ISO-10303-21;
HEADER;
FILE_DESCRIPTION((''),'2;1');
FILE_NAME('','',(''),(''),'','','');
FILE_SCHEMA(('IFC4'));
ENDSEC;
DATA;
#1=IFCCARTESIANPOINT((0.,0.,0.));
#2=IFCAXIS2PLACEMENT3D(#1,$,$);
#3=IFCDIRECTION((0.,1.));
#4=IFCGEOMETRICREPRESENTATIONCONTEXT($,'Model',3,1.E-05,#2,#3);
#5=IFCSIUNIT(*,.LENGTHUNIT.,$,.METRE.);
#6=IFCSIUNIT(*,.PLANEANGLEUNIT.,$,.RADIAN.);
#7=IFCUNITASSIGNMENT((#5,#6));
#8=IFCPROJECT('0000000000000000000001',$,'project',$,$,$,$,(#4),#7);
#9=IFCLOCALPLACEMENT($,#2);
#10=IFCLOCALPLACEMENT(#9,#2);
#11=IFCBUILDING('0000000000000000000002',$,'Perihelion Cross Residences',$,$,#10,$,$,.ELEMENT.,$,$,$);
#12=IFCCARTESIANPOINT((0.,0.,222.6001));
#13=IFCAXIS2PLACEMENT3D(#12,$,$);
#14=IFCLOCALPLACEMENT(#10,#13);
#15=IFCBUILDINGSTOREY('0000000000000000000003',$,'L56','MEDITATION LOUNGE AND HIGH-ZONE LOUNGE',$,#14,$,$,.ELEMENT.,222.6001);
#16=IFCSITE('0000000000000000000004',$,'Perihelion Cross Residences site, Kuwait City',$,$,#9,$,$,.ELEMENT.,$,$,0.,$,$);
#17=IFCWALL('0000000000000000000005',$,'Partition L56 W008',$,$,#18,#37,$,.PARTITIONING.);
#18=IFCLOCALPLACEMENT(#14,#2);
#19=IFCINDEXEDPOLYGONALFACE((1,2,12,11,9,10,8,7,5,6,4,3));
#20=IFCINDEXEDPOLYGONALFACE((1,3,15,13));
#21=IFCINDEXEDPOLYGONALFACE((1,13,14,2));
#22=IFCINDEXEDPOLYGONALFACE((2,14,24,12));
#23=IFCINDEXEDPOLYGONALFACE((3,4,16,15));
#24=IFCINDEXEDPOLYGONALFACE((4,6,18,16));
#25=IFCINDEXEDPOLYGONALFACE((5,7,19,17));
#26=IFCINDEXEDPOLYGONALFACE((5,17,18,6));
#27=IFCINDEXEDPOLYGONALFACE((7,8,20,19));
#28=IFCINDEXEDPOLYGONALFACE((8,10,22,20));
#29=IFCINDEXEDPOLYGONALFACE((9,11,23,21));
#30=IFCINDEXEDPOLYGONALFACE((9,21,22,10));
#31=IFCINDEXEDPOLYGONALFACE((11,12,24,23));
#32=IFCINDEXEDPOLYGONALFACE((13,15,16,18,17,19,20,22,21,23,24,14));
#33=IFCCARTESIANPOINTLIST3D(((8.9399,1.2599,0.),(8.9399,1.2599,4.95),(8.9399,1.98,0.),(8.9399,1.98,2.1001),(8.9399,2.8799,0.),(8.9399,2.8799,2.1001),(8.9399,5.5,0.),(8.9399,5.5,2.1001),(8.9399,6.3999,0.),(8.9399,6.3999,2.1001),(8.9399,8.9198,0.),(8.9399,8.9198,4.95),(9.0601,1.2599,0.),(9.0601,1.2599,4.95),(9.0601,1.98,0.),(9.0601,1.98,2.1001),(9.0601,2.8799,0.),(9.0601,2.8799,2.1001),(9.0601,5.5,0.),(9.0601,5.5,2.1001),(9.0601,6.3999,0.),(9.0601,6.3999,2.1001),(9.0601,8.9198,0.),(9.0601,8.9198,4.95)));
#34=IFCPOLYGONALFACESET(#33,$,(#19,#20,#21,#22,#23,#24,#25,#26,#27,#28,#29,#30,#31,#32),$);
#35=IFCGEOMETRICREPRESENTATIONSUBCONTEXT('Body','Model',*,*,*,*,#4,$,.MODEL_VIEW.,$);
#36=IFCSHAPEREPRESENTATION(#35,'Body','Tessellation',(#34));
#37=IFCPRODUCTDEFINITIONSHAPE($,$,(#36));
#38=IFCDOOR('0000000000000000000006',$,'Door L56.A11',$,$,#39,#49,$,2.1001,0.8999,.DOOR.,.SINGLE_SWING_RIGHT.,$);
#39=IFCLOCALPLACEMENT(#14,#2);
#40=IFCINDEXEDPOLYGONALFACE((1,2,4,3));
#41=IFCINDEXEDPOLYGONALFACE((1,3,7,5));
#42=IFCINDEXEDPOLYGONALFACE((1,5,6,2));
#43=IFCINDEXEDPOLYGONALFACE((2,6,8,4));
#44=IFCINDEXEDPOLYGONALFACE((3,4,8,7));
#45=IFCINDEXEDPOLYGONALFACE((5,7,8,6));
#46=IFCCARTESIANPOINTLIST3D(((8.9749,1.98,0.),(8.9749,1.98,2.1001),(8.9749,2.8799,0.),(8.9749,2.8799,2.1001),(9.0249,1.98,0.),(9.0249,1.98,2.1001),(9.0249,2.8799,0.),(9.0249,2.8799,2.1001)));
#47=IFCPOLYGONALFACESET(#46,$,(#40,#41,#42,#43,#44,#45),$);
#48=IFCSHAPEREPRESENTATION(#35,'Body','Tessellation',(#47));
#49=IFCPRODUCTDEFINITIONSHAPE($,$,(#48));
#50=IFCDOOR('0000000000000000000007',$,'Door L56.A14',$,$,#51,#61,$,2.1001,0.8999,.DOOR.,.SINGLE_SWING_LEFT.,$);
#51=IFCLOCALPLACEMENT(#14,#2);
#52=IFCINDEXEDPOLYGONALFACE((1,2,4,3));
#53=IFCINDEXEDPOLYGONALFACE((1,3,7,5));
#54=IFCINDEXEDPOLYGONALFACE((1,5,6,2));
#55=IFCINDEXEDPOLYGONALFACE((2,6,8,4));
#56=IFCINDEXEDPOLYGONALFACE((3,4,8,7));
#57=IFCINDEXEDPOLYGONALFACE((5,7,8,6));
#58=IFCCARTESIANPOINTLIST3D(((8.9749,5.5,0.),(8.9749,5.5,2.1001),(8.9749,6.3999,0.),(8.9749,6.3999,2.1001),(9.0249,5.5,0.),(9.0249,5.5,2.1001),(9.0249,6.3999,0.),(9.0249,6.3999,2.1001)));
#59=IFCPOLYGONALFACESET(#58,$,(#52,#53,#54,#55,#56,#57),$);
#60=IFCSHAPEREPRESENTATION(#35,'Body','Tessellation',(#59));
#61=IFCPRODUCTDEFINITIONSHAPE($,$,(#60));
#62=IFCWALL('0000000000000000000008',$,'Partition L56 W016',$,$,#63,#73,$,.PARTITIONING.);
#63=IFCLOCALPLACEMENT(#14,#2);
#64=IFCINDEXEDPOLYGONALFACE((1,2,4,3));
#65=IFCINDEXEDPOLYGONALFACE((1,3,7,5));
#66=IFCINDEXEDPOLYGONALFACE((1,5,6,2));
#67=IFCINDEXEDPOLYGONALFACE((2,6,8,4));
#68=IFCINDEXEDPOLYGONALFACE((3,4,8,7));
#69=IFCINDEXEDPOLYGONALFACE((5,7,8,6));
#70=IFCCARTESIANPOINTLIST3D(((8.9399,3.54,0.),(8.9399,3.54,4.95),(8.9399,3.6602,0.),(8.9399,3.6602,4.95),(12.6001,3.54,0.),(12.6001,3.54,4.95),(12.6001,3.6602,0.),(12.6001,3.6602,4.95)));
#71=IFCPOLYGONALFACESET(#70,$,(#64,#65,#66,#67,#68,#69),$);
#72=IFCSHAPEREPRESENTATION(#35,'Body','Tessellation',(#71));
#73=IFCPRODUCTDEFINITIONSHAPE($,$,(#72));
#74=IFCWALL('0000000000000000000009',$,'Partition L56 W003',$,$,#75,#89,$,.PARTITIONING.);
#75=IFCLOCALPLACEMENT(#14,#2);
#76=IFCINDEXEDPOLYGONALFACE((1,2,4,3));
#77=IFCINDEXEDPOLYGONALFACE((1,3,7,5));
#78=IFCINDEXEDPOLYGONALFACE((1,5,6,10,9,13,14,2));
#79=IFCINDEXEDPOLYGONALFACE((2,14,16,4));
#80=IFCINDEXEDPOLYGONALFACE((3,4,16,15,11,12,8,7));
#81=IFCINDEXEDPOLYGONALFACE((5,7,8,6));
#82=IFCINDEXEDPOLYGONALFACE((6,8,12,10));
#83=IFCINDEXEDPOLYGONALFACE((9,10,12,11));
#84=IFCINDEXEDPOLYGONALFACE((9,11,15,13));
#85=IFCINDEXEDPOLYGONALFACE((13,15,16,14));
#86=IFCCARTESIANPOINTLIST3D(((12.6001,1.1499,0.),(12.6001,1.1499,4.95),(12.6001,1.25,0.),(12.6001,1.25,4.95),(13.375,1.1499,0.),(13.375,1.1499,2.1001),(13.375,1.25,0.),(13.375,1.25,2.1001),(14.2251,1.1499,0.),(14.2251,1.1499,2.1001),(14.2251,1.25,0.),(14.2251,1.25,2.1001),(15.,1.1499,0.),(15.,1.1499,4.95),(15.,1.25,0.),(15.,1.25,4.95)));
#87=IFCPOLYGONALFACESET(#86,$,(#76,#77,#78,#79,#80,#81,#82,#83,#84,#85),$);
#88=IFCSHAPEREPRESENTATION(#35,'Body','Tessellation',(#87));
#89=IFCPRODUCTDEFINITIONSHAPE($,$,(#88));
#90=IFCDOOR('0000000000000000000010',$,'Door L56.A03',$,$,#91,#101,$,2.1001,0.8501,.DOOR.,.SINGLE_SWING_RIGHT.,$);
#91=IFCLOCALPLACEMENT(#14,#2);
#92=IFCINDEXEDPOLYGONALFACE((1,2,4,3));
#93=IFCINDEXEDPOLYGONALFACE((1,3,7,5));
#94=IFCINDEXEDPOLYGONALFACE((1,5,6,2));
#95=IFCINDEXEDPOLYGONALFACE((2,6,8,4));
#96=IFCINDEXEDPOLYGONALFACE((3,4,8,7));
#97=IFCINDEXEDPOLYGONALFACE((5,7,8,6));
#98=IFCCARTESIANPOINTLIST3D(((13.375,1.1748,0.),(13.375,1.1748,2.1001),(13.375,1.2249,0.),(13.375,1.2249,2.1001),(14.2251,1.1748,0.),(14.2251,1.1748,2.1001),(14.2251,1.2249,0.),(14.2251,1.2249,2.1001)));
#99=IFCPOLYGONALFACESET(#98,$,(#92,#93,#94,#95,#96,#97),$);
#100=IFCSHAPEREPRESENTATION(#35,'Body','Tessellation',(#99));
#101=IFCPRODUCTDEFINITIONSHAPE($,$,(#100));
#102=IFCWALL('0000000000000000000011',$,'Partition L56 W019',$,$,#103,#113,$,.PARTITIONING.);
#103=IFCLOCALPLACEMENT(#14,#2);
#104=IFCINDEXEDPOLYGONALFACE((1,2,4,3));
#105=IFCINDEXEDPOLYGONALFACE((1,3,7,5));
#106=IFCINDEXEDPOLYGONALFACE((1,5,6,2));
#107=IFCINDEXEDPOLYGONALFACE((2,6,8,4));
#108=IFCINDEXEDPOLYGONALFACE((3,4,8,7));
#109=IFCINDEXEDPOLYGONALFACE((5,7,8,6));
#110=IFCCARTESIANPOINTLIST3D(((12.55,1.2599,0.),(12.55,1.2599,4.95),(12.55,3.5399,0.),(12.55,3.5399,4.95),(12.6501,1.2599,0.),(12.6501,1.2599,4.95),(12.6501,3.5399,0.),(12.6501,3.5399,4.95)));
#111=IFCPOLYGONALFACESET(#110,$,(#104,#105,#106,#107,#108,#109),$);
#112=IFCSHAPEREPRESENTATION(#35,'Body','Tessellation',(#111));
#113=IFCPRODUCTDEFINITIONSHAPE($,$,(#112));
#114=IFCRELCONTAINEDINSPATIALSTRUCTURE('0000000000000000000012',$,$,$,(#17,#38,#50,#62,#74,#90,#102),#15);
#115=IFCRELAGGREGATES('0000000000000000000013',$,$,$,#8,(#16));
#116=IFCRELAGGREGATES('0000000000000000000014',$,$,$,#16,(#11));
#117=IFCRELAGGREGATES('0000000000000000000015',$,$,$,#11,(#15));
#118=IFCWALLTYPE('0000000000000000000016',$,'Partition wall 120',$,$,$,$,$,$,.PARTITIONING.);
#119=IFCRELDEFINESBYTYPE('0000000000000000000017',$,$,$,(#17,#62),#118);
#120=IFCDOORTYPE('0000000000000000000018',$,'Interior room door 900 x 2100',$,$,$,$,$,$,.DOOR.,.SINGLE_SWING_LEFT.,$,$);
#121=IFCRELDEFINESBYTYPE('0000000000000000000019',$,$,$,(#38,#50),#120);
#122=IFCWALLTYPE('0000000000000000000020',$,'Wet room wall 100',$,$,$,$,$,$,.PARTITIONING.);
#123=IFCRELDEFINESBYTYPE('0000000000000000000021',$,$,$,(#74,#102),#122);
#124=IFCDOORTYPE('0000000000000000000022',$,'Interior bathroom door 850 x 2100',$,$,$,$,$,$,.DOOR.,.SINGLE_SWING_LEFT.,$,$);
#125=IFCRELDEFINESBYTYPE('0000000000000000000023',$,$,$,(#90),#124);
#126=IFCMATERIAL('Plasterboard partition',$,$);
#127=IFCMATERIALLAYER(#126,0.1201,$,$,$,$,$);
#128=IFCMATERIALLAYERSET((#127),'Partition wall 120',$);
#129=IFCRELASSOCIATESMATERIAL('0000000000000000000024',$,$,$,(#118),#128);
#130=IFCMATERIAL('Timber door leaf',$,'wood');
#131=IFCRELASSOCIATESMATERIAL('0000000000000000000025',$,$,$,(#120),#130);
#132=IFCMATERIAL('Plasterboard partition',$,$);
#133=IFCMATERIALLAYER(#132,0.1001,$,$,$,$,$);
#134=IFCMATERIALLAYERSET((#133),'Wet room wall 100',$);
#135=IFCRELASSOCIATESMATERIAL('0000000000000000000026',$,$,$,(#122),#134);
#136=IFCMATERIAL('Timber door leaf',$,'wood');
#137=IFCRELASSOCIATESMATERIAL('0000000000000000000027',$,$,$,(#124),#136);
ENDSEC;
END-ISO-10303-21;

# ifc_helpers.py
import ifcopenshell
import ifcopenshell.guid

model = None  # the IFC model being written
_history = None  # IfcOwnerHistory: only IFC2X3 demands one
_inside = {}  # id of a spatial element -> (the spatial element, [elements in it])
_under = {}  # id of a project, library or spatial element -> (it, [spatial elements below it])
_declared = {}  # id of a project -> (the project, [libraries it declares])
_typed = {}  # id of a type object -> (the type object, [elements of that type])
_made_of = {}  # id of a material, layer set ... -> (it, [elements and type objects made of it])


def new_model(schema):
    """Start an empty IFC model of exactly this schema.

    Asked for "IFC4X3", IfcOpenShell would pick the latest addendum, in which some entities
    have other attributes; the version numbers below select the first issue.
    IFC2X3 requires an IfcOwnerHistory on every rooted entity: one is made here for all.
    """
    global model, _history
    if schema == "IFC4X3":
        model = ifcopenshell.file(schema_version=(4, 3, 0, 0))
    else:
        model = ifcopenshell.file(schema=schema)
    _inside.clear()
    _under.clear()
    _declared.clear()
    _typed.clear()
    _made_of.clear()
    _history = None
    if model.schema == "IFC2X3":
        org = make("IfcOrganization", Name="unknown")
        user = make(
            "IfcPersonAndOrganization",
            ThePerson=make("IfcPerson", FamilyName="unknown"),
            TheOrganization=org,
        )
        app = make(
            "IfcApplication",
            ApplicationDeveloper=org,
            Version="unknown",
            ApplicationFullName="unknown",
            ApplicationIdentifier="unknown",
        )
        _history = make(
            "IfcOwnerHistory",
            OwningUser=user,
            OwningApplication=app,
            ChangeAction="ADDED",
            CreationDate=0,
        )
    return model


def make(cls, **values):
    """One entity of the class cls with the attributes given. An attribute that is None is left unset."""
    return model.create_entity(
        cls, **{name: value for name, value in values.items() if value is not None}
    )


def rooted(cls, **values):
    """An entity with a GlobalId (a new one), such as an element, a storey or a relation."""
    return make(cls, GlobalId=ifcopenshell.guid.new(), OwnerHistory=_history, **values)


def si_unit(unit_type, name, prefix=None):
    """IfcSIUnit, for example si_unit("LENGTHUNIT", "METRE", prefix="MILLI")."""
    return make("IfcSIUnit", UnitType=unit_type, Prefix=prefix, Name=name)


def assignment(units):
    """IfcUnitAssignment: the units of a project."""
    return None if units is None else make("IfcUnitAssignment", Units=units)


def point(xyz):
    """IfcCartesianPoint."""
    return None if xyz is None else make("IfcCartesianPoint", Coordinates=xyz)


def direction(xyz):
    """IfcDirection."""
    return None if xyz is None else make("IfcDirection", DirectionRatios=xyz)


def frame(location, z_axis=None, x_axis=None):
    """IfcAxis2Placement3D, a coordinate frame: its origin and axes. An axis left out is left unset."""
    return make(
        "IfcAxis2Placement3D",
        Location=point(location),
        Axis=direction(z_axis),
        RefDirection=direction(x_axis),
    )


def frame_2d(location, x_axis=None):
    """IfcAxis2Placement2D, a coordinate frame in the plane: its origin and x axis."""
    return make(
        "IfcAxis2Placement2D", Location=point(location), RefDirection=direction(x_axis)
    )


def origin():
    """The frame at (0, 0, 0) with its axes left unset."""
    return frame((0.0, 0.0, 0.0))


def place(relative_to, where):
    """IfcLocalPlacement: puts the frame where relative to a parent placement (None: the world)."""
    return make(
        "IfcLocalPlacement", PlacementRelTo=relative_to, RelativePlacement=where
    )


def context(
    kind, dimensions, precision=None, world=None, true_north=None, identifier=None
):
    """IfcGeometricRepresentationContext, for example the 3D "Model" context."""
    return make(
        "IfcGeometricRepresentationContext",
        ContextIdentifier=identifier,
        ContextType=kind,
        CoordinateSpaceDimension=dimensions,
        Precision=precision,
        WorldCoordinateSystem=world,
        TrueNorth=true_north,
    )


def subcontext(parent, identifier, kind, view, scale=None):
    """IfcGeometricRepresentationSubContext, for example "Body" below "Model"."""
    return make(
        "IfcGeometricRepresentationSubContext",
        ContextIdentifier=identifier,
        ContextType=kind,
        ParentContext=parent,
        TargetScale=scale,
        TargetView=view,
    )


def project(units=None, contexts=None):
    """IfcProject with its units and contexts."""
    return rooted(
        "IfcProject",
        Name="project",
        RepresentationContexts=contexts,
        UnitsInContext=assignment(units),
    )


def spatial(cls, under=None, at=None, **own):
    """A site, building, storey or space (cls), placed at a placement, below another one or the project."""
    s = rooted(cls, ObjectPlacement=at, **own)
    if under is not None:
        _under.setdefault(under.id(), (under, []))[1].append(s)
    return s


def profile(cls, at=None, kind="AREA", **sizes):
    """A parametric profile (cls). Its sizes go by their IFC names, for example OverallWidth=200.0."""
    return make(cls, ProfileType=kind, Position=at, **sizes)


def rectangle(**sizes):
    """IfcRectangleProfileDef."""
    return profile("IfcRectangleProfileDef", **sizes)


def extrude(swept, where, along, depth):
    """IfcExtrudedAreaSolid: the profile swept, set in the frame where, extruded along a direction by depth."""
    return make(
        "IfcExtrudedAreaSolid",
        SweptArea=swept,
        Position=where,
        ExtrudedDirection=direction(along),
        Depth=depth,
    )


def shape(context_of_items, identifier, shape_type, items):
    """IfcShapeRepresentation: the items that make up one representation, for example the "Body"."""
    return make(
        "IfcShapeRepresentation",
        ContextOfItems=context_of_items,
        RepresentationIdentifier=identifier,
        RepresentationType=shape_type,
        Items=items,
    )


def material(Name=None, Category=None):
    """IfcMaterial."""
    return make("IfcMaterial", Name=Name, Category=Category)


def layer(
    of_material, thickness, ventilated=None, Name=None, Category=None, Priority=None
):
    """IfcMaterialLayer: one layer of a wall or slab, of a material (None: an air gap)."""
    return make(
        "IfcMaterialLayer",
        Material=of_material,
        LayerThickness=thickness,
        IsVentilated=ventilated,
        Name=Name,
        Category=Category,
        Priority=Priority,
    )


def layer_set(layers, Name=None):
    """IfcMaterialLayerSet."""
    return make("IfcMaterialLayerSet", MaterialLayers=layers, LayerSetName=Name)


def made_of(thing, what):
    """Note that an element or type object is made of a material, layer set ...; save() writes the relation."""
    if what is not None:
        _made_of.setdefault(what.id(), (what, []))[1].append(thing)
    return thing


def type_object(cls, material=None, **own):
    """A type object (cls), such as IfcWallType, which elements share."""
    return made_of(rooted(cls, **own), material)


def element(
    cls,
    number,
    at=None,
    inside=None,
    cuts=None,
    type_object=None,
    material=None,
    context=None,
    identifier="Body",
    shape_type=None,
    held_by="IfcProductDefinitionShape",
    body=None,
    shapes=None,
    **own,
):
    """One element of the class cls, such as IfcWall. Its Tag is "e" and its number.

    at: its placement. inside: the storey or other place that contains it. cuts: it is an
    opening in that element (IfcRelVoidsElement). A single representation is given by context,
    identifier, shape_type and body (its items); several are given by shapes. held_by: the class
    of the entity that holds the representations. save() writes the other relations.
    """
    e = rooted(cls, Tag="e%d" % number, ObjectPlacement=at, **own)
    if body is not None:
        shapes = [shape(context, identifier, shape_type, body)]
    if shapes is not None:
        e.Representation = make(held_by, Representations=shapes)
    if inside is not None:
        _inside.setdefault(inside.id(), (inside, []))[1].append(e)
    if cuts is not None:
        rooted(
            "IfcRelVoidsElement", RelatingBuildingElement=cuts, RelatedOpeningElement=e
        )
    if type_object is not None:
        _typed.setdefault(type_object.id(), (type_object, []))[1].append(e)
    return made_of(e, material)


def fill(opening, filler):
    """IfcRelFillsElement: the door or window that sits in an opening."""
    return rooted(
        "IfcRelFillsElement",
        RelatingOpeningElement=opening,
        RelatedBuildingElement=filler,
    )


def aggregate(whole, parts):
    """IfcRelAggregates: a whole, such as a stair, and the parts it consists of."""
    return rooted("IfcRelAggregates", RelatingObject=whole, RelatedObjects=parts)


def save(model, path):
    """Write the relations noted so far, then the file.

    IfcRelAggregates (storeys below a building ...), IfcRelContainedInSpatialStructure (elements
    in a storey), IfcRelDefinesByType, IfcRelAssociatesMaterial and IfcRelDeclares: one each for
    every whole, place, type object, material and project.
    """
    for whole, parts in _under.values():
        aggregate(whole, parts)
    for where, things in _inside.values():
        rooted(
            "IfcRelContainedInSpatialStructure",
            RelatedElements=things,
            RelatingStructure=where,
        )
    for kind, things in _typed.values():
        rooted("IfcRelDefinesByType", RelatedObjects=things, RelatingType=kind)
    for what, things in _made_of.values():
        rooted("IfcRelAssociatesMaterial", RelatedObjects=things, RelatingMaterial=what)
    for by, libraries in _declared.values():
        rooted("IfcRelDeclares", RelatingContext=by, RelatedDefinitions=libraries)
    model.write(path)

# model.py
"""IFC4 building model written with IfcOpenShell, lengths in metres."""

from ifc_helpers import new_model, si_unit, direction, frame, frame_2d, origin, place, context, subcontext, project, spatial, rectangle, extrude, material, layer, layer_set, type_object, element, fill, save


model = new_model("IFC4")

# Units and contexts
model_context = context("Model", 3, precision=1e-05, world=origin(), true_north=direction((0.0, 1.0)))
body_context = subcontext(model_context, "Body", "Model", "MODEL_VIEW")
ifc_project = project(units=[si_unit("LENGTHUNIT", "METRE"), si_unit("PLANEANGLEUNIT", "RADIAN")], contexts=[model_context])

# Site, building, storey
site_placement = place(None, origin())
site = spatial("IfcSite", under=ifc_project, at=site_placement, Name="Perihelion Cross Residences site, Kuwait City", CompositionType="ELEMENT", RefElevation=0.0)
building_placement = place(site_placement, origin())
building = spatial("IfcBuilding", under=site, at=building_placement, Name="Perihelion Cross Residences", CompositionType="ELEMENT")
storey_placement = place(building_placement, frame((0.0, 0.0, 222.6001)))
storey = spatial("IfcBuildingStorey", under=building, at=storey_placement, Name="L56", Description="MEDITATION LOUNGE AND HIGH-ZONE LOUNGE", CompositionType="ELEMENT", Elevation=222.6001)

# Shared definitions
ifc_material_1 = material(Name="Plasterboard partition")
ifc_layer_1 = layer(ifc_material_1, 0.1201)
ifc_layer_set_1 = layer_set([ifc_layer_1], Name="Partition wall 120")
wall_type_1 = type_object("IfcWallType", Name="Partition wall 120", PredefinedType="PARTITIONING", material=ifc_layer_set_1)
ifc_material_2 = material(Name="Timber door leaf", Category="wood")
door_type_1 = type_object("IfcDoorType", Name="Interior room door 900 x 2100", OperationType="SINGLE_SWING_LEFT", PredefinedType="DOOR", material=ifc_material_2)

# Wall, openings, doors
wall_1_placement = place(storey_placement, frame((9.0, 8.9199, 0.0), z_axis=(0.0, 0.0, 1.0), x_axis=(0.0, -1.0, 0.0)))
wall_1 = element("IfcWall", 1, at=wall_1_placement, inside=storey, type_object=wall_type_1, Name="Partition L56 W008", PredefinedType="PARTITIONING", context=body_context, shape_type="SweptSolid", body=[
    extrude(rectangle(XDim=7.6599, YDim=0.1201, at=frame_2d((3.8301, 0.0))), origin(), (0.0, 0.0, 1.0), 4.95),
])
opening_1_placement = place(wall_1_placement, frame((6.04, 0.0, 0.0)))
opening_1 = element("IfcOpeningElement", 2, at=opening_1_placement, cuts=wall_1, PredefinedType="OPENING", context=body_context, shape_type="SweptSolid", body=[
    extrude(rectangle(XDim=0.8999, YDim=2.1001, at=frame_2d((0.45, 1.05))), frame((0.0, 0.0701, 0.0), z_axis=(0.0, -1.0, 0.0), x_axis=(1.0, 0.0, 0.0)), (0.0, 0.0, 1.0), 0.1401),
])
opening_2_placement = place(wall_1_placement, frame((2.52, 0.0, 0.0)))
opening_2 = element("IfcOpeningElement", 3, at=opening_2_placement, cuts=wall_1, PredefinedType="OPENING", context=body_context, shape_type="SweptSolid", body=[
    extrude(rectangle(XDim=0.8999, YDim=2.1001, at=frame_2d((0.45, 1.05))), frame((0.0, 0.0701, 0.0), z_axis=(0.0, -1.0, 0.0), x_axis=(1.0, 0.0, 0.0)), (0.0, 0.0, 1.0), 0.1401),
])
door_1_placement = place(opening_1_placement, origin())
door_1 = element("IfcDoor", 4, at=door_1_placement, inside=storey, type_object=door_type_1, Name="Door L56.A11", OperationType="SINGLE_SWING_RIGHT", OverallHeight=2.1001, OverallWidth=0.8999, PredefinedType="DOOR", context=body_context, shape_type="SweptSolid", body=[
    extrude(rectangle(XDim=0.8999, YDim=2.1001, at=frame_2d((0.45, 1.05))), frame((0.0, 0.0249, 0.0), z_axis=(0.0, -1.0, 0.0), x_axis=(1.0, 0.0, 0.0)), (0.0, 0.0, 1.0), 0.05),
])
fill(opening_1, door_1)
door_2_placement = place(opening_2_placement, origin())
door_2 = element("IfcDoor", 5, at=door_2_placement, inside=storey, type_object=door_type_1, Name="Door L56.A14", OperationType="SINGLE_SWING_LEFT", OverallHeight=2.1001, OverallWidth=0.8999, PredefinedType="DOOR", context=body_context, shape_type="SweptSolid", body=[
    extrude(rectangle(XDim=0.8999, YDim=2.1001, at=frame_2d((0.45, 1.05))), frame((0.0, 0.0249, 0.0), z_axis=(0.0, -1.0, 0.0), x_axis=(1.0, 0.0, 0.0)), (0.0, 0.0, 1.0), 0.05),
])
fill(opening_2, door_2)

# Wall
wall_2_placement = place(storey_placement, frame((12.6001, 3.6001, 0.0), z_axis=(0.0, 0.0, 1.0), x_axis=(-1.0, 0.0, 0.0)))
element("IfcWall", 6, at=wall_2_placement, inside=storey, type_object=wall_type_1, Name="Partition L56 W016", PredefinedType="PARTITIONING", context=body_context, shape_type="SweptSolid", body=[
    extrude(rectangle(XDim=3.6602, YDim=0.1201, at=frame_2d((1.8301, 0.0))), origin(), (0.0, 0.0, 1.0), 4.95),
])

# Wall, opening, door
ifc_material_3 = material(Name="Plasterboard partition")
ifc_layer_2 = layer(ifc_material_3, 0.1001)
ifc_layer_set_2 = layer_set([ifc_layer_2], Name="Wet room wall 100")
wall_type_2 = type_object("IfcWallType", Name="Wet room wall 100", PredefinedType="PARTITIONING", material=ifc_layer_set_2)
wall_3_placement = place(storey_placement, frame((12.6001, 1.2, 0.0), z_axis=(0.0, 0.0, 1.0), x_axis=(1.0, 0.0, 0.0)))
wall_3 = element("IfcWall", 7, at=wall_3_placement, inside=storey, type_object=wall_type_2, Name="Partition L56 W003", PredefinedType="PARTITIONING", context=body_context, shape_type="SweptSolid", body=[
    extrude(rectangle(XDim=2.3999, YDim=0.1001, at=frame_2d((1.2, 0.0))), origin(), (0.0, 0.0, 1.0), 4.95),
])
opening_3_placement = place(wall_3_placement, frame((0.7749, 0.0, 0.0)))
opening_3 = element("IfcOpeningElement", 8, at=opening_3_placement, cuts=wall_3, PredefinedType="OPENING", context=body_context, shape_type="SweptSolid", body=[
    extrude(rectangle(XDim=0.8501, YDim=2.1001, at=frame_2d((0.425, 1.05))), frame((0.0, 0.0601, 0.0), z_axis=(0.0, -1.0, 0.0), x_axis=(1.0, 0.0, 0.0)), (0.0, 0.0, 1.0), 0.1201),
])
ifc_material_4 = material(Name="Timber door leaf", Category="wood")
door_type_2 = type_object("IfcDoorType", Name="Interior bathroom door 850 x 2100", OperationType="SINGLE_SWING_LEFT", PredefinedType="DOOR", material=ifc_material_4)
door_3_placement = place(opening_3_placement, origin())
door_3 = element("IfcDoor", 9, at=door_3_placement, inside=storey, type_object=door_type_2, Name="Door L56.A03", OperationType="SINGLE_SWING_RIGHT", OverallHeight=2.1001, OverallWidth=0.8501, PredefinedType="DOOR", context=body_context, shape_type="SweptSolid", body=[
    extrude(rectangle(XDim=0.8501, YDim=2.1001, at=frame_2d((0.425, 1.05))), frame((0.0, 0.0249, 0.0), z_axis=(0.0, -1.0, 0.0), x_axis=(1.0, 0.0, 0.0)), (0.0, 0.0, 1.0), 0.05),
])
fill(opening_3, door_3)

# Wall
wall_4_placement = place(storey_placement, frame((12.6001, 3.54, 0.0), z_axis=(0.0, 0.0, 1.0), x_axis=(0.0, -1.0, 0.0)))
element("IfcWall", 10, at=wall_4_placement, inside=storey, type_object=wall_type_2, Name="Partition L56 W019", PredefinedType="PARTITIONING", context=body_context, shape_type="SweptSolid", body=[
    extrude(rectangle(XDim=2.28, YDim=0.1001, at=frame_2d((1.1401, 0.0))), origin(), (0.0, 0.0, 1.0), 4.95),
])

save(model, "model.ifc")
